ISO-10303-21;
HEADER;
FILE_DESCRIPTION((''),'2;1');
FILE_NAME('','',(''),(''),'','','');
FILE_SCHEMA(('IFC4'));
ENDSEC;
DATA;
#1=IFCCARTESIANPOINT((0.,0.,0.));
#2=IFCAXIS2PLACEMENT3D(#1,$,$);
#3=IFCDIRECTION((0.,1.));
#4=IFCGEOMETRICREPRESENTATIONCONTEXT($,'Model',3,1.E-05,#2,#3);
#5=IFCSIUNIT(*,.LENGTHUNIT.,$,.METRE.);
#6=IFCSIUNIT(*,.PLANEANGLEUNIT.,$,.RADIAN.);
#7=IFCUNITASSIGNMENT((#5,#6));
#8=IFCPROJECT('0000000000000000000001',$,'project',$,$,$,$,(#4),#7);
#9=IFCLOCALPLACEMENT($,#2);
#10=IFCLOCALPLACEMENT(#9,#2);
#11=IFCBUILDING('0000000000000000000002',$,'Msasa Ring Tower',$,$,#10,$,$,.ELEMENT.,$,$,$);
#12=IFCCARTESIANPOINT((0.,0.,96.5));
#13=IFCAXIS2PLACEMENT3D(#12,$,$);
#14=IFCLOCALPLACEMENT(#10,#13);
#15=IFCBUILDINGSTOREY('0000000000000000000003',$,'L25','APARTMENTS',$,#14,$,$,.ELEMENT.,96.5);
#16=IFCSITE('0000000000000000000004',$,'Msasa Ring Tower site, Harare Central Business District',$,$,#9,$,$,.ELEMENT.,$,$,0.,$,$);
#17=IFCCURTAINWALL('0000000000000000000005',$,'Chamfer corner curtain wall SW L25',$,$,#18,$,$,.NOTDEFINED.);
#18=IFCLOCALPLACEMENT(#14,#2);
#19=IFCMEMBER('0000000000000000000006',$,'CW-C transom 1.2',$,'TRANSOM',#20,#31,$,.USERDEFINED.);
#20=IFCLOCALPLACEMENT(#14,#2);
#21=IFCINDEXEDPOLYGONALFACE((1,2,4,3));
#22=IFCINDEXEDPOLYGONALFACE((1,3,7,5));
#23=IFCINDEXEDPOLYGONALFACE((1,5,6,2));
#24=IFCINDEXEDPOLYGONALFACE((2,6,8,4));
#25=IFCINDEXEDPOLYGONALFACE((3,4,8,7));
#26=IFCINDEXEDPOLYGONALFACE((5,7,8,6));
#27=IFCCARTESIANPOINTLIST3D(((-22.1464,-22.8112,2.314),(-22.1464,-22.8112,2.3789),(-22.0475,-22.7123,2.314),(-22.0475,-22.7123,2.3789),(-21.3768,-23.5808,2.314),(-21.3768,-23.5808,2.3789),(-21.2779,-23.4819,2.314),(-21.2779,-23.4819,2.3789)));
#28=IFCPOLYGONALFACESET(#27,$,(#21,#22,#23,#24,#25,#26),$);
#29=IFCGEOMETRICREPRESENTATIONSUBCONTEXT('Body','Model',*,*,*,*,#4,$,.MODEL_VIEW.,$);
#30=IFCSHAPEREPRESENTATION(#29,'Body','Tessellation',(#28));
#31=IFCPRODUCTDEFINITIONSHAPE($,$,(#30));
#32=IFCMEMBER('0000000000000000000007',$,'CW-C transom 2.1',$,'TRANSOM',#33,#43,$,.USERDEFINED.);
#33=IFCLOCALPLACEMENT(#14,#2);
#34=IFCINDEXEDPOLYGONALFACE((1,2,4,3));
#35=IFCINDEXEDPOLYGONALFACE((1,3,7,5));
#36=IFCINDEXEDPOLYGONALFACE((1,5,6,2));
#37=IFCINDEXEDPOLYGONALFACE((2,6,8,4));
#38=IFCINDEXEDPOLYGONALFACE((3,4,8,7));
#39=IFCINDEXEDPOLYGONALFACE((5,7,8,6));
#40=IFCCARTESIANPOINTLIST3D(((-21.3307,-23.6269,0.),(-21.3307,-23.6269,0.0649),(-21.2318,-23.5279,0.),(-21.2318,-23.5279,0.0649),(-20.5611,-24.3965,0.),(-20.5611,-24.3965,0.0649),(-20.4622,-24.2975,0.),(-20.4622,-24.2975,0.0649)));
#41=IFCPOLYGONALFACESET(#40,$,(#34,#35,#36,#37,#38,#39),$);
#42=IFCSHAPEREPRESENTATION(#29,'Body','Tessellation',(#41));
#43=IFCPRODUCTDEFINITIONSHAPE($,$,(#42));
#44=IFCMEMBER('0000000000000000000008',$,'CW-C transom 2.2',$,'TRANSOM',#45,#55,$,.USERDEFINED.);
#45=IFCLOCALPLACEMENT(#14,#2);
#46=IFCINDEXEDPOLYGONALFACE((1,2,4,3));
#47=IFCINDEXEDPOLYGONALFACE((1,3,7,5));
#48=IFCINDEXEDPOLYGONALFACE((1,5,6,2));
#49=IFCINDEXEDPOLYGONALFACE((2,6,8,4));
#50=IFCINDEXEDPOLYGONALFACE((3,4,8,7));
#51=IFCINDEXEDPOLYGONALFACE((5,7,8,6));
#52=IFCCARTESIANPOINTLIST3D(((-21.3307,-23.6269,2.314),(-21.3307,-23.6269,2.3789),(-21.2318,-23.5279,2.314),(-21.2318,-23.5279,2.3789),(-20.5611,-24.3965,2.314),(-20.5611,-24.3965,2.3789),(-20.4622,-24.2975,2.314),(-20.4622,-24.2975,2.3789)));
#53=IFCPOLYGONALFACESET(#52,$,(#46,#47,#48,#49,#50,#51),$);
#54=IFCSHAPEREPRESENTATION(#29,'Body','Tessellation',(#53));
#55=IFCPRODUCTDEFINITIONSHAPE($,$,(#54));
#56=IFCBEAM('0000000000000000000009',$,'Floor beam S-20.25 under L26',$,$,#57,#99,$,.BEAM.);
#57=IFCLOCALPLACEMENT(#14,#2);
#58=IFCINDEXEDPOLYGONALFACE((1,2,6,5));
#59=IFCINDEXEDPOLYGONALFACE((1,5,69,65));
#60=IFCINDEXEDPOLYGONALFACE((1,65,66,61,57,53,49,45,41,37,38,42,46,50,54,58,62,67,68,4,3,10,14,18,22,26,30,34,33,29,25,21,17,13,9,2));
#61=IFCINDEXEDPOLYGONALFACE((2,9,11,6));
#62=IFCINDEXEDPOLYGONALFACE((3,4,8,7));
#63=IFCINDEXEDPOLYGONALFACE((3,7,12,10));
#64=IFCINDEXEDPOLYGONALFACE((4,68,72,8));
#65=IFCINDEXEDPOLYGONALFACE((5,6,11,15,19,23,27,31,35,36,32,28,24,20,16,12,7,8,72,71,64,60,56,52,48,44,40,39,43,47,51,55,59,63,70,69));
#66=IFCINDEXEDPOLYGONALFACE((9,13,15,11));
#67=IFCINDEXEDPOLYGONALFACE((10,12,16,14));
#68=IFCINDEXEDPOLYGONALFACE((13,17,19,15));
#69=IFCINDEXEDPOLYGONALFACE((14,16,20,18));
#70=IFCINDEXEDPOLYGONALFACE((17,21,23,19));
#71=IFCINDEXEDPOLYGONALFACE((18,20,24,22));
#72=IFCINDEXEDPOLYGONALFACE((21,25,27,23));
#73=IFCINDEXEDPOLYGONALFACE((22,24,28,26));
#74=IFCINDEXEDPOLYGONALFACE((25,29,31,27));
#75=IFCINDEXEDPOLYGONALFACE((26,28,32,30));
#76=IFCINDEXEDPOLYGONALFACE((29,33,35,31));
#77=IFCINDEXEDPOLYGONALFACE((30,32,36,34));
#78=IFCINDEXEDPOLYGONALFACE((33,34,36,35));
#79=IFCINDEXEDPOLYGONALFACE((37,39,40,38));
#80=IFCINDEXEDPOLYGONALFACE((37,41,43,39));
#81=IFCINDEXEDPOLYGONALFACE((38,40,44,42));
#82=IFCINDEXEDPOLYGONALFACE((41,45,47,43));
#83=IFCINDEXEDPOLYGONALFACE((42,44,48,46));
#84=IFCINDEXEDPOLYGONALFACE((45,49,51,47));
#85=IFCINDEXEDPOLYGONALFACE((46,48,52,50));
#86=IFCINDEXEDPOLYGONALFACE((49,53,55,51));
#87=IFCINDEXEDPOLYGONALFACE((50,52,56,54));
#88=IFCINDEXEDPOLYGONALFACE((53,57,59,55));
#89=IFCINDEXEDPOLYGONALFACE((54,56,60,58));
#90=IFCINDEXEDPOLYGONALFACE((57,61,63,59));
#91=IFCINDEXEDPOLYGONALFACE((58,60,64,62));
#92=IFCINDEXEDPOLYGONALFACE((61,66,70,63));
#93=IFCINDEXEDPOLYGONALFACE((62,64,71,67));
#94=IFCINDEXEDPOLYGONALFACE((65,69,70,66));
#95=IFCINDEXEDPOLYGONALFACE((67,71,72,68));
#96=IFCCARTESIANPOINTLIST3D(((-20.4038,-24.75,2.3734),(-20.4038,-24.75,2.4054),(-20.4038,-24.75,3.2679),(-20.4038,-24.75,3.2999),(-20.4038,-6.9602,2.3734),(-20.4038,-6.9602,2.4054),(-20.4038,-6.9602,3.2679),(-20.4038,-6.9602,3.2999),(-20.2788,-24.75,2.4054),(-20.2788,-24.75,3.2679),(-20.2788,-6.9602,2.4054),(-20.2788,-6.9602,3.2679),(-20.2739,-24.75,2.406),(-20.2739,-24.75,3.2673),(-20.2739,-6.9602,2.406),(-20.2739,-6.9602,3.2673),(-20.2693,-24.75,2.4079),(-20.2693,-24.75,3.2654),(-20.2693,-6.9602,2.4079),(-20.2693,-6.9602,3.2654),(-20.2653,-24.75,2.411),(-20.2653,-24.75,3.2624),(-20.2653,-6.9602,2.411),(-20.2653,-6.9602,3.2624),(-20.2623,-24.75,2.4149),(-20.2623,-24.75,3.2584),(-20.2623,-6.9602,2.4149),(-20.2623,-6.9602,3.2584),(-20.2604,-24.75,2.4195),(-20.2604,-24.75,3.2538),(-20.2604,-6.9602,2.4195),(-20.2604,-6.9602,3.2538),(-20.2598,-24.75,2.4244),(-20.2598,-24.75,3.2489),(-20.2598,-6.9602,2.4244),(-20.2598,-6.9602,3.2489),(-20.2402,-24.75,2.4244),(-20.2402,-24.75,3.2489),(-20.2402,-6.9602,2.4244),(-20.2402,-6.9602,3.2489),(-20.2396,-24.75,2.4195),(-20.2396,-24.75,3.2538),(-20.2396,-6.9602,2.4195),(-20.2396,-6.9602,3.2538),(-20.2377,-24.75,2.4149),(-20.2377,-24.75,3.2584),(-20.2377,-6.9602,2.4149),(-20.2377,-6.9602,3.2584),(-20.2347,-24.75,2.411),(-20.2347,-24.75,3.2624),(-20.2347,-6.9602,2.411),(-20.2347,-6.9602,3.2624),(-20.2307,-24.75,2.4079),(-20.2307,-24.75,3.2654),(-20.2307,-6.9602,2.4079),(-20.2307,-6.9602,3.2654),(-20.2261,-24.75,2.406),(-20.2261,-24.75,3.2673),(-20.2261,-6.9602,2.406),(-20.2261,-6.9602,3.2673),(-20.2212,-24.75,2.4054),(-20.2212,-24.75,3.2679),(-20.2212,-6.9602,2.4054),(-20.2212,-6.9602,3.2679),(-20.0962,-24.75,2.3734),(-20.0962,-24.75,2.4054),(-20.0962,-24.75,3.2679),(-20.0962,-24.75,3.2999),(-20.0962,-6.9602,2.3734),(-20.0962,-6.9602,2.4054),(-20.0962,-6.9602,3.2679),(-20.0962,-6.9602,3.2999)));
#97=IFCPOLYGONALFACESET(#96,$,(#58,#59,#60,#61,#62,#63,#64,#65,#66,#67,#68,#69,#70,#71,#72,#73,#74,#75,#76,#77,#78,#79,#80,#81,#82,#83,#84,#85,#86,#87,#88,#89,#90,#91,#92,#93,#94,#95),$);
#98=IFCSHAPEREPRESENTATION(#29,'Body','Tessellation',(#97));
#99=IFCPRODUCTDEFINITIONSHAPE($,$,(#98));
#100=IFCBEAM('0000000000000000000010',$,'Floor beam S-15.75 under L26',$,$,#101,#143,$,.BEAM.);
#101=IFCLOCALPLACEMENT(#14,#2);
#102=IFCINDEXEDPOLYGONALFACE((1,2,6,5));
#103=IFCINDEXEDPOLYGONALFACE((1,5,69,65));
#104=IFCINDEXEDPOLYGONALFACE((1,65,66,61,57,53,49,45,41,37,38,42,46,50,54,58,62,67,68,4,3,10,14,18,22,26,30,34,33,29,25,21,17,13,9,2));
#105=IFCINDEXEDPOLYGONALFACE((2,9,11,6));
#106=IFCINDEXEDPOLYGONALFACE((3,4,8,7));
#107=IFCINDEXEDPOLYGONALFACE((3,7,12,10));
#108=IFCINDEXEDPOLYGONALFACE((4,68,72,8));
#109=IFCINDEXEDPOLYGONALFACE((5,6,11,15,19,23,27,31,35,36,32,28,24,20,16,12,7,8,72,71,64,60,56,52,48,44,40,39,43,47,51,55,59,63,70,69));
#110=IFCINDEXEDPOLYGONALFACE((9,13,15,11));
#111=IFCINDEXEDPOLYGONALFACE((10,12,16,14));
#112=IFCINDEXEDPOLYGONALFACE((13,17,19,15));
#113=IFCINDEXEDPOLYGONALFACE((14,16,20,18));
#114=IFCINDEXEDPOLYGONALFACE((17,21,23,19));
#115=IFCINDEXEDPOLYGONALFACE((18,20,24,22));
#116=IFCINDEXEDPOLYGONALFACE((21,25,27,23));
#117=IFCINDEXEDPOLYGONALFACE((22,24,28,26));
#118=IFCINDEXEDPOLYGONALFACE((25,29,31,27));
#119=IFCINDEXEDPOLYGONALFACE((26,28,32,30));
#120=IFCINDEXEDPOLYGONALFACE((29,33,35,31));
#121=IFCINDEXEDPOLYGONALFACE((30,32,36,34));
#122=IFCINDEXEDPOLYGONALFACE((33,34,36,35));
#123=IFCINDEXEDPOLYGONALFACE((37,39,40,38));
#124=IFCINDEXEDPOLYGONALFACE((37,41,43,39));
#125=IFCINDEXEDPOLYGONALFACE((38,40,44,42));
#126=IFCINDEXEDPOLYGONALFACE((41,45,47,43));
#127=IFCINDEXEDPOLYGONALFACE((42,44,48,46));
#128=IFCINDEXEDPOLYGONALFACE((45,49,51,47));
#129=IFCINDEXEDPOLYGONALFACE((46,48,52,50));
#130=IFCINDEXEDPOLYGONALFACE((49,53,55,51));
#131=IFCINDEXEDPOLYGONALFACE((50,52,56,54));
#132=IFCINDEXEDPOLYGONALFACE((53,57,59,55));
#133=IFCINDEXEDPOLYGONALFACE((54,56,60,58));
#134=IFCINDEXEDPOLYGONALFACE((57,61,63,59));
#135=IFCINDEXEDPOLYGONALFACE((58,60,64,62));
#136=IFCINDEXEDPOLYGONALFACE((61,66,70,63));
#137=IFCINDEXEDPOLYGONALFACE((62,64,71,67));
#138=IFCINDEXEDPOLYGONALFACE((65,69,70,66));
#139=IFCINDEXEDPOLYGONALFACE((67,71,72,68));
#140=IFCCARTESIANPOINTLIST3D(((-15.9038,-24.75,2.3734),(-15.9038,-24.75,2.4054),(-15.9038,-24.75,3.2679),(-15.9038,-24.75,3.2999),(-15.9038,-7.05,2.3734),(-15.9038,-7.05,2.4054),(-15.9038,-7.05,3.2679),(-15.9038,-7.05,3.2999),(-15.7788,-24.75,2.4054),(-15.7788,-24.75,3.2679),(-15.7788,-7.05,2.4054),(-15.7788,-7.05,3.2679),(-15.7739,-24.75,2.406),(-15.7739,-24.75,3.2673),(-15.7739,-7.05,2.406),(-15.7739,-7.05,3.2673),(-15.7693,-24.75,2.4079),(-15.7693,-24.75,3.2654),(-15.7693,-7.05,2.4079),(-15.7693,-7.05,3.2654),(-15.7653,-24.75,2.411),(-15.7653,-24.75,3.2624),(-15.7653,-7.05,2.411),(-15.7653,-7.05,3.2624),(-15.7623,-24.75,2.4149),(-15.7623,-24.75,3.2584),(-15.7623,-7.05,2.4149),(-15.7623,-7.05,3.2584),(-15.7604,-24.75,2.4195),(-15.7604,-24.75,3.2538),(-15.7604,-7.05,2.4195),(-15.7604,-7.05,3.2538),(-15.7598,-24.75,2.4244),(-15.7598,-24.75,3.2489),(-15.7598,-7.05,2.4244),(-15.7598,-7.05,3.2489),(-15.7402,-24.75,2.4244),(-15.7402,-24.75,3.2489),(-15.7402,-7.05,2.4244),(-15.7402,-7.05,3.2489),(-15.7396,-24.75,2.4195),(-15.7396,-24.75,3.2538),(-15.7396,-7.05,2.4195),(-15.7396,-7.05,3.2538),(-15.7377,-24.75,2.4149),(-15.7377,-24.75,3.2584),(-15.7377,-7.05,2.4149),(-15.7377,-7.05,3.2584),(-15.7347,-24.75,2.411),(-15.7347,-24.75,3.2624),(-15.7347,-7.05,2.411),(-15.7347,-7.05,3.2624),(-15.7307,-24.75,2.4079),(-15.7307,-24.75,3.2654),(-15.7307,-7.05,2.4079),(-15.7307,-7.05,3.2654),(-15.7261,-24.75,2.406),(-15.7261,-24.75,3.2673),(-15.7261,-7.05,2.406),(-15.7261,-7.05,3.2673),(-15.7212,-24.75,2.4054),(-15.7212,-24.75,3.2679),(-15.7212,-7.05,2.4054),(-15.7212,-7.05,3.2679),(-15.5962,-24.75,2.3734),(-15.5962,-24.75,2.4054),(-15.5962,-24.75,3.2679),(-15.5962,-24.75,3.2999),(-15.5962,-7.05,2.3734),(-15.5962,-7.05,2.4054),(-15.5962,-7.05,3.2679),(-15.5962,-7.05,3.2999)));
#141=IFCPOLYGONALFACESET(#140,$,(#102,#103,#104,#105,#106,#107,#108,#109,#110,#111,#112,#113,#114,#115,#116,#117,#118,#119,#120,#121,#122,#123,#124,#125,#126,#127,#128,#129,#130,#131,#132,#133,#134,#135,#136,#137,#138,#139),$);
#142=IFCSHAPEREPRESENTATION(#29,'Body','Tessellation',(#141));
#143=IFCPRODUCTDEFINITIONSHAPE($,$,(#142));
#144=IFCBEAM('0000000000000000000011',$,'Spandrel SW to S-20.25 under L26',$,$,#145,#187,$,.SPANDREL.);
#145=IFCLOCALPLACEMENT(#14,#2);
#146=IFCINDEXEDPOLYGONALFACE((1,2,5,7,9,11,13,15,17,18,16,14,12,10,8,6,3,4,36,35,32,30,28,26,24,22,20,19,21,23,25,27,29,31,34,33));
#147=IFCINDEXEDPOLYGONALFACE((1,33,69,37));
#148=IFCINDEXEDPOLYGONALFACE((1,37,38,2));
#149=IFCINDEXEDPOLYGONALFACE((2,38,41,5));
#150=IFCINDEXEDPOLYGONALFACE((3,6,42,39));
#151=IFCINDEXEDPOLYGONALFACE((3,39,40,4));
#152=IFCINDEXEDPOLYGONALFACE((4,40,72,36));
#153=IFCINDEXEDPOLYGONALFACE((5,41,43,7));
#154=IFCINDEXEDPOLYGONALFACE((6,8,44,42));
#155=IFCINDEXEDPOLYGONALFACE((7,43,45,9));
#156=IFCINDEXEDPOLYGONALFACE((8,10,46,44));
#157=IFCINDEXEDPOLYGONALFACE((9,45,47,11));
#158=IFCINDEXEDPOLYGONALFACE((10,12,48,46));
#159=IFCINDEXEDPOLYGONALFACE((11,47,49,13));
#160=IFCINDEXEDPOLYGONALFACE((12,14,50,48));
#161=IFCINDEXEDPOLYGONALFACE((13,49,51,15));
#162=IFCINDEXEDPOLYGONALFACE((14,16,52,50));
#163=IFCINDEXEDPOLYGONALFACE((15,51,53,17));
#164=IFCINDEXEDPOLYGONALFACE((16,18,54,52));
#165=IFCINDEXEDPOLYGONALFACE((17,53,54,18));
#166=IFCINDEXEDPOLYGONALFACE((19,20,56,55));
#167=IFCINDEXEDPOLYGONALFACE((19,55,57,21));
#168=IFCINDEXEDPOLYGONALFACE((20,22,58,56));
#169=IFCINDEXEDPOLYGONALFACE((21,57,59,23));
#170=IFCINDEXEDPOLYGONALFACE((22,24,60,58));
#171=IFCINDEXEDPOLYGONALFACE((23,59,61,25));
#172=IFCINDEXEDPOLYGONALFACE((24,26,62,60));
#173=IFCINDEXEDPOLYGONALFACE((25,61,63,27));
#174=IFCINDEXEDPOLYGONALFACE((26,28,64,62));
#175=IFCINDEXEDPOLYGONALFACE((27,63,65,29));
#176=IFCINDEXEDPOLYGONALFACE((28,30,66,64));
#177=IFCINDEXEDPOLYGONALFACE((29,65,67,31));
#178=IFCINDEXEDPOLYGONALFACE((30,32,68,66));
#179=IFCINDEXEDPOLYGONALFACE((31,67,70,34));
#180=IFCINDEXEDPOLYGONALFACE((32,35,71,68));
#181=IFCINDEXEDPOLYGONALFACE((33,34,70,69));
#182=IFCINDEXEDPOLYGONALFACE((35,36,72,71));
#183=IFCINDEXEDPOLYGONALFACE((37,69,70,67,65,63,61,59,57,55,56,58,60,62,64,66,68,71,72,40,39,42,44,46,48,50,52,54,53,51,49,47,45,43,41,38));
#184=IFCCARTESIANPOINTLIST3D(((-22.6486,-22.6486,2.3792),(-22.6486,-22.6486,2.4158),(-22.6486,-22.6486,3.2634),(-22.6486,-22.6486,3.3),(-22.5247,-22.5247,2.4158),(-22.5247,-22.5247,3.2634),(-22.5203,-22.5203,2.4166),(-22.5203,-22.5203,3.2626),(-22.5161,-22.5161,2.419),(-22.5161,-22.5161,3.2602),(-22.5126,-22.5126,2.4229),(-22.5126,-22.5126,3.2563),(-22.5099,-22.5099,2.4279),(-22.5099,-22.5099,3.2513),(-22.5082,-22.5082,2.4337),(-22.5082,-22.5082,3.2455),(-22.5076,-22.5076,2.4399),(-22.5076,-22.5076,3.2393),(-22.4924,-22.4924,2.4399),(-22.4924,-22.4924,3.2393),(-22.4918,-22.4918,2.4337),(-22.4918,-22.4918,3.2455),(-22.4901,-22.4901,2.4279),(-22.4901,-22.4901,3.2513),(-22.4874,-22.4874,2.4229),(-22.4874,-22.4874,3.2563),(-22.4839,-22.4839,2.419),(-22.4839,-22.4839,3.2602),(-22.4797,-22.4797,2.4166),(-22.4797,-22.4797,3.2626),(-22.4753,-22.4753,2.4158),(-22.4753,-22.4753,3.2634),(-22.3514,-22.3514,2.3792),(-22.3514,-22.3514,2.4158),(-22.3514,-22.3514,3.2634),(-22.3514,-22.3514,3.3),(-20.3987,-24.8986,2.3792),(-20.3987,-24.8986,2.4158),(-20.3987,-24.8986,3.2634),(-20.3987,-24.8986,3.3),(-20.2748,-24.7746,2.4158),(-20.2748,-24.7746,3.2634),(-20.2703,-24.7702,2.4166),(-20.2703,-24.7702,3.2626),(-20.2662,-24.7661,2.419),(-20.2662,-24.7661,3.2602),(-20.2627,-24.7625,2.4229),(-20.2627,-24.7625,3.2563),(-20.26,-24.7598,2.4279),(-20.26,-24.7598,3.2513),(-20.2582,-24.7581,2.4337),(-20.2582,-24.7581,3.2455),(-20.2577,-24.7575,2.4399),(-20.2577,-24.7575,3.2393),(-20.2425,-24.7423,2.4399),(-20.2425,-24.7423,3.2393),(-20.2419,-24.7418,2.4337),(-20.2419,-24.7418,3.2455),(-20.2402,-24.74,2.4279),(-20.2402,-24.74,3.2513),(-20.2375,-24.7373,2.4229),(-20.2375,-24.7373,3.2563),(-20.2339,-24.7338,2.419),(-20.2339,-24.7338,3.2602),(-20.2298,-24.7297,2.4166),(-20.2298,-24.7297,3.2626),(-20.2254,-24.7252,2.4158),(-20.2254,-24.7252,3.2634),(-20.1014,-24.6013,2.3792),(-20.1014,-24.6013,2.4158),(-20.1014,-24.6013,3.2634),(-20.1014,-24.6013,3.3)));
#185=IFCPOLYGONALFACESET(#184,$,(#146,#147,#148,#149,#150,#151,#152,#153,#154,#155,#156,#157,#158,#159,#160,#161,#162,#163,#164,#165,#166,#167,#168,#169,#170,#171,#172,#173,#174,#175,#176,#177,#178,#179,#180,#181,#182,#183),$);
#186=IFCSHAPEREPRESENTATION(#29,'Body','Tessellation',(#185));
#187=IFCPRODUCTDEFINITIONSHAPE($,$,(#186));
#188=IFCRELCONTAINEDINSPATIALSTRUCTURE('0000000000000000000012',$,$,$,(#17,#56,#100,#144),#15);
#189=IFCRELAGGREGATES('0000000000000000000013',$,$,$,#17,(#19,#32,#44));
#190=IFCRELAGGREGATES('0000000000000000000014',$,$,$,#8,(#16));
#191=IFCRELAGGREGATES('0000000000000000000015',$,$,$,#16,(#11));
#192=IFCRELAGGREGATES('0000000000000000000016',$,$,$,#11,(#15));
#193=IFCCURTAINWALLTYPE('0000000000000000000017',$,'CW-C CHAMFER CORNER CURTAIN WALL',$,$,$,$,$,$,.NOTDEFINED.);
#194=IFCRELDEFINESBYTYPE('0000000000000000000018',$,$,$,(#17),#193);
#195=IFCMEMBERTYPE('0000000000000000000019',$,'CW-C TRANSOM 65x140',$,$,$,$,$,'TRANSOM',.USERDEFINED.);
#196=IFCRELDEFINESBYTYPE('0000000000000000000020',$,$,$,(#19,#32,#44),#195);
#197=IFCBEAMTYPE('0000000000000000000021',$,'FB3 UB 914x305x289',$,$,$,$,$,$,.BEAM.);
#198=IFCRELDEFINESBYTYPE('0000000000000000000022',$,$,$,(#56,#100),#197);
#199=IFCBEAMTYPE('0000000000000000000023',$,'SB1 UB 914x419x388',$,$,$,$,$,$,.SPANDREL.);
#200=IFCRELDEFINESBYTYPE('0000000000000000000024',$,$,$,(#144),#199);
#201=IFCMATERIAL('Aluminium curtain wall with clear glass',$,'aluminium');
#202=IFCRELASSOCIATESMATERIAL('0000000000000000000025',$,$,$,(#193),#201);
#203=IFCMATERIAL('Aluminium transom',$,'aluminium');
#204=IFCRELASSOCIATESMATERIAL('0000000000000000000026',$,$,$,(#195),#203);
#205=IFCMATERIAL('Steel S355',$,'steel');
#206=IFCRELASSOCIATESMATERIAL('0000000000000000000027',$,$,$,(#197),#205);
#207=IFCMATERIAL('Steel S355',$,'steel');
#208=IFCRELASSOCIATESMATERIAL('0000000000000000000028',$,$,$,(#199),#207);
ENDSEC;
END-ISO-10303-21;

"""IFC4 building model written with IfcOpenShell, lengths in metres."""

from ifc_helpers import new_model, si_unit, direction, frame, origin, origin_2d, place, context, subcontext, project, spatial, rectangle, i_section, extrude, material, material_profile, profile_set, type_object, element, aggregate, save


model = new_model("IFC4")

# Units and contexts
model_context = context("Model", 3, precision=1e-05, world=origin(), true_north=direction((0.0, 1.0)))
body_context = subcontext(model_context, "Body", "Model", "MODEL_VIEW")
ifc_project = project(units=[si_unit("LENGTHUNIT", "METRE"), si_unit("PLANEANGLEUNIT", "RADIAN")], contexts=[model_context])

# Site, building, storey
site_placement = place(None, origin())
site = spatial("IfcSite", under=ifc_project, at=site_placement, Name="Msasa Ring Tower site, Harare Central Business District", CompositionType="ELEMENT", RefElevation=0.0)
building_placement = place(site_placement, origin())
building = spatial("IfcBuilding", under=site, at=building_placement, Name="Msasa Ring Tower", CompositionType="ELEMENT")
storey_placement = place(building_placement, frame((0.0, 0.0, 96.5)))
storey = spatial("IfcBuildingStorey", under=building, at=storey_placement, Name="L25", Description="APARTMENTS", CompositionType="ELEMENT", Elevation=96.5)

# Curtain wall
ifc_material_1 = material(Name="Aluminium curtain wall with clear glass", Category="aluminium")
curtain_wall_type = type_object("IfcCurtainWallType", Name="CW-C CHAMFER CORNER CURTAIN WALL", PredefinedType="NOTDEFINED", material=ifc_material_1)
curtain_wall_1_placement = place(storey_placement, origin())
curtain_wall_1 = element("IfcCurtainWall", 1, at=curtain_wall_1_placement, inside=storey, type_object=curtain_wall_type, Name="Chamfer corner curtain wall SW L25", PredefinedType="NOTDEFINED")

# Members
ifc_material_2 = material(Name="Aluminium transom", Category="aluminium")
ifc_material_profile_1 = material_profile(ifc_material_2, rectangle(XDim=0.1399, YDim=0.0649, at=origin_2d()), Name="AL 65x140")
ifc_profile_set_1 = profile_set([ifc_material_profile_1], Name="Aluminium transom")
member_type_1 = type_object("IfcMemberType", Name="CW-C TRANSOM 65x140", ElementType="TRANSOM", PredefinedType="USERDEFINED", material=ifc_profile_set_1)
member_1_placement = place(storey_placement, frame((-22.0969, -22.7617, 2.3464), z_axis=(0.707107, -0.707107, 0.0), x_axis=(0.707107, 0.707107, 0.0)))
member_1 = element("IfcMember", 2, at=member_1_placement, type_object=member_type_1, Name="CW-C transom 1.2", ObjectType="TRANSOM", PredefinedType="USERDEFINED", context=body_context, shape_type="SweptSolid", body=[
    extrude(rectangle(XDim=0.1399, YDim=0.0649, at=origin_2d()), origin(), (0.0, 0.0, 1.0), 1.0884),
])
member_2_placement = place(storey_placement, frame((-21.2812, -23.5774, 0.0325), z_axis=(0.707107, -0.707107, 0.0), x_axis=(0.707107, 0.707107, 0.0)))
member_2 = element("IfcMember", 3, at=member_2_placement, type_object=member_type_1, Name="CW-C transom 2.1", ObjectType="TRANSOM", PredefinedType="USERDEFINED", context=body_context, shape_type="SweptSolid", body=[
    extrude(rectangle(XDim=0.1399, YDim=0.0649, at=origin_2d()), origin(), (0.0, 0.0, 1.0), 1.0884),
])
member_3_placement = place(storey_placement, frame((-21.2812, -23.5774, 2.3464), z_axis=(0.707107, -0.707107, 0.0), x_axis=(0.707107, 0.707107, 0.0)))
member_3 = element("IfcMember", 4, at=member_3_placement, type_object=member_type_1, Name="CW-C transom 2.2", ObjectType="TRANSOM", PredefinedType="USERDEFINED", context=body_context, shape_type="SweptSolid", body=[
    extrude(rectangle(XDim=0.1399, YDim=0.0649, at=origin_2d()), origin(), (0.0, 0.0, 1.0), 1.0884),
])

# Beams
ifc_material_3 = material(Name="Steel S355", Category="steel")
ifc_material_profile_2 = material_profile(ifc_material_3, i_section(OverallWidth=0.3076, OverallDepth=0.9265, WebThickness=0.0195, FlangeThickness=0.032, FilletRadius=0.019, at=origin_2d()), Name="UB 914x305x289")
ifc_profile_set_2 = profile_set([ifc_material_profile_2], Name="Steel S355")
beam_type_1 = type_object("IfcBeamType", Name="FB3 UB 914x305x289", PredefinedType="BEAM", material=ifc_profile_set_2)
beam_1_placement = place(storey_placement, frame((-20.25, -24.75, 2.8367), z_axis=(0.0, 1.0, 0.0), x_axis=(-1.0, 0.0, 0.0)))
element("IfcBeam", 5, at=beam_1_placement, inside=storey, type_object=beam_type_1, Name="Floor beam S-20.25 under L26", PredefinedType="BEAM", context=body_context, shape_type="SweptSolid", body=[
    extrude(i_section(OverallWidth=0.3076, OverallDepth=0.9265, WebThickness=0.0195, FlangeThickness=0.032, FilletRadius=0.019, at=origin_2d()), origin(), (0.0, 0.0, 1.0), 17.7898),
])
beam_2_placement = place(storey_placement, frame((-15.75, -24.75, 2.8367), z_axis=(0.0, 1.0, 0.0), x_axis=(-1.0, 0.0, 0.0)))
element("IfcBeam", 6, at=beam_2_placement, inside=storey, type_object=beam_type_1, Name="Floor beam S-15.75 under L26", PredefinedType="BEAM", context=body_context, shape_type="SweptSolid", body=[
    extrude(i_section(OverallWidth=0.3076, OverallDepth=0.9265, WebThickness=0.0195, FlangeThickness=0.032, FilletRadius=0.019, at=origin_2d()), origin(), (0.0, 0.0, 1.0), 17.7),
])
ifc_material_4 = material(Name="Steel S355", Category="steel")
ifc_material_profile_3 = material_profile(ifc_material_4, i_section(OverallWidth=0.4204, OverallDepth=0.9209, WebThickness=0.0215, FlangeThickness=0.0366, FilletRadius=0.0242, at=origin_2d()), Name="UB 914x419x388")
ifc_profile_set_3 = profile_set([ifc_material_profile_3], Name="Steel S355")
beam_type_2 = type_object("IfcBeamType", Name="SB1 UB 914x419x388", PredefinedType="SPANDREL", material=ifc_profile_set_3)
beam_3_placement = place(storey_placement, frame((-22.5, -22.5, 2.8396), z_axis=(0.707107, -0.707107, 0.0), x_axis=(0.707107, 0.707107, 0.0)))
element("IfcBeam", 7, at=beam_3_placement, inside=storey, type_object=beam_type_2, Name="Spandrel SW to S-20.25 under L26", PredefinedType="SPANDREL", context=body_context, shape_type="SweptSolid", body=[
    extrude(i_section(OverallWidth=0.4204, OverallDepth=0.9209, WebThickness=0.0215, FlangeThickness=0.0366, FilletRadius=0.0242, at=origin_2d()), origin(), (0.0, 0.0, 1.0), 3.1819),
])

aggregate(curtain_wall_1, [member_1, member_2, member_3])

save(model, "model.ifc")
